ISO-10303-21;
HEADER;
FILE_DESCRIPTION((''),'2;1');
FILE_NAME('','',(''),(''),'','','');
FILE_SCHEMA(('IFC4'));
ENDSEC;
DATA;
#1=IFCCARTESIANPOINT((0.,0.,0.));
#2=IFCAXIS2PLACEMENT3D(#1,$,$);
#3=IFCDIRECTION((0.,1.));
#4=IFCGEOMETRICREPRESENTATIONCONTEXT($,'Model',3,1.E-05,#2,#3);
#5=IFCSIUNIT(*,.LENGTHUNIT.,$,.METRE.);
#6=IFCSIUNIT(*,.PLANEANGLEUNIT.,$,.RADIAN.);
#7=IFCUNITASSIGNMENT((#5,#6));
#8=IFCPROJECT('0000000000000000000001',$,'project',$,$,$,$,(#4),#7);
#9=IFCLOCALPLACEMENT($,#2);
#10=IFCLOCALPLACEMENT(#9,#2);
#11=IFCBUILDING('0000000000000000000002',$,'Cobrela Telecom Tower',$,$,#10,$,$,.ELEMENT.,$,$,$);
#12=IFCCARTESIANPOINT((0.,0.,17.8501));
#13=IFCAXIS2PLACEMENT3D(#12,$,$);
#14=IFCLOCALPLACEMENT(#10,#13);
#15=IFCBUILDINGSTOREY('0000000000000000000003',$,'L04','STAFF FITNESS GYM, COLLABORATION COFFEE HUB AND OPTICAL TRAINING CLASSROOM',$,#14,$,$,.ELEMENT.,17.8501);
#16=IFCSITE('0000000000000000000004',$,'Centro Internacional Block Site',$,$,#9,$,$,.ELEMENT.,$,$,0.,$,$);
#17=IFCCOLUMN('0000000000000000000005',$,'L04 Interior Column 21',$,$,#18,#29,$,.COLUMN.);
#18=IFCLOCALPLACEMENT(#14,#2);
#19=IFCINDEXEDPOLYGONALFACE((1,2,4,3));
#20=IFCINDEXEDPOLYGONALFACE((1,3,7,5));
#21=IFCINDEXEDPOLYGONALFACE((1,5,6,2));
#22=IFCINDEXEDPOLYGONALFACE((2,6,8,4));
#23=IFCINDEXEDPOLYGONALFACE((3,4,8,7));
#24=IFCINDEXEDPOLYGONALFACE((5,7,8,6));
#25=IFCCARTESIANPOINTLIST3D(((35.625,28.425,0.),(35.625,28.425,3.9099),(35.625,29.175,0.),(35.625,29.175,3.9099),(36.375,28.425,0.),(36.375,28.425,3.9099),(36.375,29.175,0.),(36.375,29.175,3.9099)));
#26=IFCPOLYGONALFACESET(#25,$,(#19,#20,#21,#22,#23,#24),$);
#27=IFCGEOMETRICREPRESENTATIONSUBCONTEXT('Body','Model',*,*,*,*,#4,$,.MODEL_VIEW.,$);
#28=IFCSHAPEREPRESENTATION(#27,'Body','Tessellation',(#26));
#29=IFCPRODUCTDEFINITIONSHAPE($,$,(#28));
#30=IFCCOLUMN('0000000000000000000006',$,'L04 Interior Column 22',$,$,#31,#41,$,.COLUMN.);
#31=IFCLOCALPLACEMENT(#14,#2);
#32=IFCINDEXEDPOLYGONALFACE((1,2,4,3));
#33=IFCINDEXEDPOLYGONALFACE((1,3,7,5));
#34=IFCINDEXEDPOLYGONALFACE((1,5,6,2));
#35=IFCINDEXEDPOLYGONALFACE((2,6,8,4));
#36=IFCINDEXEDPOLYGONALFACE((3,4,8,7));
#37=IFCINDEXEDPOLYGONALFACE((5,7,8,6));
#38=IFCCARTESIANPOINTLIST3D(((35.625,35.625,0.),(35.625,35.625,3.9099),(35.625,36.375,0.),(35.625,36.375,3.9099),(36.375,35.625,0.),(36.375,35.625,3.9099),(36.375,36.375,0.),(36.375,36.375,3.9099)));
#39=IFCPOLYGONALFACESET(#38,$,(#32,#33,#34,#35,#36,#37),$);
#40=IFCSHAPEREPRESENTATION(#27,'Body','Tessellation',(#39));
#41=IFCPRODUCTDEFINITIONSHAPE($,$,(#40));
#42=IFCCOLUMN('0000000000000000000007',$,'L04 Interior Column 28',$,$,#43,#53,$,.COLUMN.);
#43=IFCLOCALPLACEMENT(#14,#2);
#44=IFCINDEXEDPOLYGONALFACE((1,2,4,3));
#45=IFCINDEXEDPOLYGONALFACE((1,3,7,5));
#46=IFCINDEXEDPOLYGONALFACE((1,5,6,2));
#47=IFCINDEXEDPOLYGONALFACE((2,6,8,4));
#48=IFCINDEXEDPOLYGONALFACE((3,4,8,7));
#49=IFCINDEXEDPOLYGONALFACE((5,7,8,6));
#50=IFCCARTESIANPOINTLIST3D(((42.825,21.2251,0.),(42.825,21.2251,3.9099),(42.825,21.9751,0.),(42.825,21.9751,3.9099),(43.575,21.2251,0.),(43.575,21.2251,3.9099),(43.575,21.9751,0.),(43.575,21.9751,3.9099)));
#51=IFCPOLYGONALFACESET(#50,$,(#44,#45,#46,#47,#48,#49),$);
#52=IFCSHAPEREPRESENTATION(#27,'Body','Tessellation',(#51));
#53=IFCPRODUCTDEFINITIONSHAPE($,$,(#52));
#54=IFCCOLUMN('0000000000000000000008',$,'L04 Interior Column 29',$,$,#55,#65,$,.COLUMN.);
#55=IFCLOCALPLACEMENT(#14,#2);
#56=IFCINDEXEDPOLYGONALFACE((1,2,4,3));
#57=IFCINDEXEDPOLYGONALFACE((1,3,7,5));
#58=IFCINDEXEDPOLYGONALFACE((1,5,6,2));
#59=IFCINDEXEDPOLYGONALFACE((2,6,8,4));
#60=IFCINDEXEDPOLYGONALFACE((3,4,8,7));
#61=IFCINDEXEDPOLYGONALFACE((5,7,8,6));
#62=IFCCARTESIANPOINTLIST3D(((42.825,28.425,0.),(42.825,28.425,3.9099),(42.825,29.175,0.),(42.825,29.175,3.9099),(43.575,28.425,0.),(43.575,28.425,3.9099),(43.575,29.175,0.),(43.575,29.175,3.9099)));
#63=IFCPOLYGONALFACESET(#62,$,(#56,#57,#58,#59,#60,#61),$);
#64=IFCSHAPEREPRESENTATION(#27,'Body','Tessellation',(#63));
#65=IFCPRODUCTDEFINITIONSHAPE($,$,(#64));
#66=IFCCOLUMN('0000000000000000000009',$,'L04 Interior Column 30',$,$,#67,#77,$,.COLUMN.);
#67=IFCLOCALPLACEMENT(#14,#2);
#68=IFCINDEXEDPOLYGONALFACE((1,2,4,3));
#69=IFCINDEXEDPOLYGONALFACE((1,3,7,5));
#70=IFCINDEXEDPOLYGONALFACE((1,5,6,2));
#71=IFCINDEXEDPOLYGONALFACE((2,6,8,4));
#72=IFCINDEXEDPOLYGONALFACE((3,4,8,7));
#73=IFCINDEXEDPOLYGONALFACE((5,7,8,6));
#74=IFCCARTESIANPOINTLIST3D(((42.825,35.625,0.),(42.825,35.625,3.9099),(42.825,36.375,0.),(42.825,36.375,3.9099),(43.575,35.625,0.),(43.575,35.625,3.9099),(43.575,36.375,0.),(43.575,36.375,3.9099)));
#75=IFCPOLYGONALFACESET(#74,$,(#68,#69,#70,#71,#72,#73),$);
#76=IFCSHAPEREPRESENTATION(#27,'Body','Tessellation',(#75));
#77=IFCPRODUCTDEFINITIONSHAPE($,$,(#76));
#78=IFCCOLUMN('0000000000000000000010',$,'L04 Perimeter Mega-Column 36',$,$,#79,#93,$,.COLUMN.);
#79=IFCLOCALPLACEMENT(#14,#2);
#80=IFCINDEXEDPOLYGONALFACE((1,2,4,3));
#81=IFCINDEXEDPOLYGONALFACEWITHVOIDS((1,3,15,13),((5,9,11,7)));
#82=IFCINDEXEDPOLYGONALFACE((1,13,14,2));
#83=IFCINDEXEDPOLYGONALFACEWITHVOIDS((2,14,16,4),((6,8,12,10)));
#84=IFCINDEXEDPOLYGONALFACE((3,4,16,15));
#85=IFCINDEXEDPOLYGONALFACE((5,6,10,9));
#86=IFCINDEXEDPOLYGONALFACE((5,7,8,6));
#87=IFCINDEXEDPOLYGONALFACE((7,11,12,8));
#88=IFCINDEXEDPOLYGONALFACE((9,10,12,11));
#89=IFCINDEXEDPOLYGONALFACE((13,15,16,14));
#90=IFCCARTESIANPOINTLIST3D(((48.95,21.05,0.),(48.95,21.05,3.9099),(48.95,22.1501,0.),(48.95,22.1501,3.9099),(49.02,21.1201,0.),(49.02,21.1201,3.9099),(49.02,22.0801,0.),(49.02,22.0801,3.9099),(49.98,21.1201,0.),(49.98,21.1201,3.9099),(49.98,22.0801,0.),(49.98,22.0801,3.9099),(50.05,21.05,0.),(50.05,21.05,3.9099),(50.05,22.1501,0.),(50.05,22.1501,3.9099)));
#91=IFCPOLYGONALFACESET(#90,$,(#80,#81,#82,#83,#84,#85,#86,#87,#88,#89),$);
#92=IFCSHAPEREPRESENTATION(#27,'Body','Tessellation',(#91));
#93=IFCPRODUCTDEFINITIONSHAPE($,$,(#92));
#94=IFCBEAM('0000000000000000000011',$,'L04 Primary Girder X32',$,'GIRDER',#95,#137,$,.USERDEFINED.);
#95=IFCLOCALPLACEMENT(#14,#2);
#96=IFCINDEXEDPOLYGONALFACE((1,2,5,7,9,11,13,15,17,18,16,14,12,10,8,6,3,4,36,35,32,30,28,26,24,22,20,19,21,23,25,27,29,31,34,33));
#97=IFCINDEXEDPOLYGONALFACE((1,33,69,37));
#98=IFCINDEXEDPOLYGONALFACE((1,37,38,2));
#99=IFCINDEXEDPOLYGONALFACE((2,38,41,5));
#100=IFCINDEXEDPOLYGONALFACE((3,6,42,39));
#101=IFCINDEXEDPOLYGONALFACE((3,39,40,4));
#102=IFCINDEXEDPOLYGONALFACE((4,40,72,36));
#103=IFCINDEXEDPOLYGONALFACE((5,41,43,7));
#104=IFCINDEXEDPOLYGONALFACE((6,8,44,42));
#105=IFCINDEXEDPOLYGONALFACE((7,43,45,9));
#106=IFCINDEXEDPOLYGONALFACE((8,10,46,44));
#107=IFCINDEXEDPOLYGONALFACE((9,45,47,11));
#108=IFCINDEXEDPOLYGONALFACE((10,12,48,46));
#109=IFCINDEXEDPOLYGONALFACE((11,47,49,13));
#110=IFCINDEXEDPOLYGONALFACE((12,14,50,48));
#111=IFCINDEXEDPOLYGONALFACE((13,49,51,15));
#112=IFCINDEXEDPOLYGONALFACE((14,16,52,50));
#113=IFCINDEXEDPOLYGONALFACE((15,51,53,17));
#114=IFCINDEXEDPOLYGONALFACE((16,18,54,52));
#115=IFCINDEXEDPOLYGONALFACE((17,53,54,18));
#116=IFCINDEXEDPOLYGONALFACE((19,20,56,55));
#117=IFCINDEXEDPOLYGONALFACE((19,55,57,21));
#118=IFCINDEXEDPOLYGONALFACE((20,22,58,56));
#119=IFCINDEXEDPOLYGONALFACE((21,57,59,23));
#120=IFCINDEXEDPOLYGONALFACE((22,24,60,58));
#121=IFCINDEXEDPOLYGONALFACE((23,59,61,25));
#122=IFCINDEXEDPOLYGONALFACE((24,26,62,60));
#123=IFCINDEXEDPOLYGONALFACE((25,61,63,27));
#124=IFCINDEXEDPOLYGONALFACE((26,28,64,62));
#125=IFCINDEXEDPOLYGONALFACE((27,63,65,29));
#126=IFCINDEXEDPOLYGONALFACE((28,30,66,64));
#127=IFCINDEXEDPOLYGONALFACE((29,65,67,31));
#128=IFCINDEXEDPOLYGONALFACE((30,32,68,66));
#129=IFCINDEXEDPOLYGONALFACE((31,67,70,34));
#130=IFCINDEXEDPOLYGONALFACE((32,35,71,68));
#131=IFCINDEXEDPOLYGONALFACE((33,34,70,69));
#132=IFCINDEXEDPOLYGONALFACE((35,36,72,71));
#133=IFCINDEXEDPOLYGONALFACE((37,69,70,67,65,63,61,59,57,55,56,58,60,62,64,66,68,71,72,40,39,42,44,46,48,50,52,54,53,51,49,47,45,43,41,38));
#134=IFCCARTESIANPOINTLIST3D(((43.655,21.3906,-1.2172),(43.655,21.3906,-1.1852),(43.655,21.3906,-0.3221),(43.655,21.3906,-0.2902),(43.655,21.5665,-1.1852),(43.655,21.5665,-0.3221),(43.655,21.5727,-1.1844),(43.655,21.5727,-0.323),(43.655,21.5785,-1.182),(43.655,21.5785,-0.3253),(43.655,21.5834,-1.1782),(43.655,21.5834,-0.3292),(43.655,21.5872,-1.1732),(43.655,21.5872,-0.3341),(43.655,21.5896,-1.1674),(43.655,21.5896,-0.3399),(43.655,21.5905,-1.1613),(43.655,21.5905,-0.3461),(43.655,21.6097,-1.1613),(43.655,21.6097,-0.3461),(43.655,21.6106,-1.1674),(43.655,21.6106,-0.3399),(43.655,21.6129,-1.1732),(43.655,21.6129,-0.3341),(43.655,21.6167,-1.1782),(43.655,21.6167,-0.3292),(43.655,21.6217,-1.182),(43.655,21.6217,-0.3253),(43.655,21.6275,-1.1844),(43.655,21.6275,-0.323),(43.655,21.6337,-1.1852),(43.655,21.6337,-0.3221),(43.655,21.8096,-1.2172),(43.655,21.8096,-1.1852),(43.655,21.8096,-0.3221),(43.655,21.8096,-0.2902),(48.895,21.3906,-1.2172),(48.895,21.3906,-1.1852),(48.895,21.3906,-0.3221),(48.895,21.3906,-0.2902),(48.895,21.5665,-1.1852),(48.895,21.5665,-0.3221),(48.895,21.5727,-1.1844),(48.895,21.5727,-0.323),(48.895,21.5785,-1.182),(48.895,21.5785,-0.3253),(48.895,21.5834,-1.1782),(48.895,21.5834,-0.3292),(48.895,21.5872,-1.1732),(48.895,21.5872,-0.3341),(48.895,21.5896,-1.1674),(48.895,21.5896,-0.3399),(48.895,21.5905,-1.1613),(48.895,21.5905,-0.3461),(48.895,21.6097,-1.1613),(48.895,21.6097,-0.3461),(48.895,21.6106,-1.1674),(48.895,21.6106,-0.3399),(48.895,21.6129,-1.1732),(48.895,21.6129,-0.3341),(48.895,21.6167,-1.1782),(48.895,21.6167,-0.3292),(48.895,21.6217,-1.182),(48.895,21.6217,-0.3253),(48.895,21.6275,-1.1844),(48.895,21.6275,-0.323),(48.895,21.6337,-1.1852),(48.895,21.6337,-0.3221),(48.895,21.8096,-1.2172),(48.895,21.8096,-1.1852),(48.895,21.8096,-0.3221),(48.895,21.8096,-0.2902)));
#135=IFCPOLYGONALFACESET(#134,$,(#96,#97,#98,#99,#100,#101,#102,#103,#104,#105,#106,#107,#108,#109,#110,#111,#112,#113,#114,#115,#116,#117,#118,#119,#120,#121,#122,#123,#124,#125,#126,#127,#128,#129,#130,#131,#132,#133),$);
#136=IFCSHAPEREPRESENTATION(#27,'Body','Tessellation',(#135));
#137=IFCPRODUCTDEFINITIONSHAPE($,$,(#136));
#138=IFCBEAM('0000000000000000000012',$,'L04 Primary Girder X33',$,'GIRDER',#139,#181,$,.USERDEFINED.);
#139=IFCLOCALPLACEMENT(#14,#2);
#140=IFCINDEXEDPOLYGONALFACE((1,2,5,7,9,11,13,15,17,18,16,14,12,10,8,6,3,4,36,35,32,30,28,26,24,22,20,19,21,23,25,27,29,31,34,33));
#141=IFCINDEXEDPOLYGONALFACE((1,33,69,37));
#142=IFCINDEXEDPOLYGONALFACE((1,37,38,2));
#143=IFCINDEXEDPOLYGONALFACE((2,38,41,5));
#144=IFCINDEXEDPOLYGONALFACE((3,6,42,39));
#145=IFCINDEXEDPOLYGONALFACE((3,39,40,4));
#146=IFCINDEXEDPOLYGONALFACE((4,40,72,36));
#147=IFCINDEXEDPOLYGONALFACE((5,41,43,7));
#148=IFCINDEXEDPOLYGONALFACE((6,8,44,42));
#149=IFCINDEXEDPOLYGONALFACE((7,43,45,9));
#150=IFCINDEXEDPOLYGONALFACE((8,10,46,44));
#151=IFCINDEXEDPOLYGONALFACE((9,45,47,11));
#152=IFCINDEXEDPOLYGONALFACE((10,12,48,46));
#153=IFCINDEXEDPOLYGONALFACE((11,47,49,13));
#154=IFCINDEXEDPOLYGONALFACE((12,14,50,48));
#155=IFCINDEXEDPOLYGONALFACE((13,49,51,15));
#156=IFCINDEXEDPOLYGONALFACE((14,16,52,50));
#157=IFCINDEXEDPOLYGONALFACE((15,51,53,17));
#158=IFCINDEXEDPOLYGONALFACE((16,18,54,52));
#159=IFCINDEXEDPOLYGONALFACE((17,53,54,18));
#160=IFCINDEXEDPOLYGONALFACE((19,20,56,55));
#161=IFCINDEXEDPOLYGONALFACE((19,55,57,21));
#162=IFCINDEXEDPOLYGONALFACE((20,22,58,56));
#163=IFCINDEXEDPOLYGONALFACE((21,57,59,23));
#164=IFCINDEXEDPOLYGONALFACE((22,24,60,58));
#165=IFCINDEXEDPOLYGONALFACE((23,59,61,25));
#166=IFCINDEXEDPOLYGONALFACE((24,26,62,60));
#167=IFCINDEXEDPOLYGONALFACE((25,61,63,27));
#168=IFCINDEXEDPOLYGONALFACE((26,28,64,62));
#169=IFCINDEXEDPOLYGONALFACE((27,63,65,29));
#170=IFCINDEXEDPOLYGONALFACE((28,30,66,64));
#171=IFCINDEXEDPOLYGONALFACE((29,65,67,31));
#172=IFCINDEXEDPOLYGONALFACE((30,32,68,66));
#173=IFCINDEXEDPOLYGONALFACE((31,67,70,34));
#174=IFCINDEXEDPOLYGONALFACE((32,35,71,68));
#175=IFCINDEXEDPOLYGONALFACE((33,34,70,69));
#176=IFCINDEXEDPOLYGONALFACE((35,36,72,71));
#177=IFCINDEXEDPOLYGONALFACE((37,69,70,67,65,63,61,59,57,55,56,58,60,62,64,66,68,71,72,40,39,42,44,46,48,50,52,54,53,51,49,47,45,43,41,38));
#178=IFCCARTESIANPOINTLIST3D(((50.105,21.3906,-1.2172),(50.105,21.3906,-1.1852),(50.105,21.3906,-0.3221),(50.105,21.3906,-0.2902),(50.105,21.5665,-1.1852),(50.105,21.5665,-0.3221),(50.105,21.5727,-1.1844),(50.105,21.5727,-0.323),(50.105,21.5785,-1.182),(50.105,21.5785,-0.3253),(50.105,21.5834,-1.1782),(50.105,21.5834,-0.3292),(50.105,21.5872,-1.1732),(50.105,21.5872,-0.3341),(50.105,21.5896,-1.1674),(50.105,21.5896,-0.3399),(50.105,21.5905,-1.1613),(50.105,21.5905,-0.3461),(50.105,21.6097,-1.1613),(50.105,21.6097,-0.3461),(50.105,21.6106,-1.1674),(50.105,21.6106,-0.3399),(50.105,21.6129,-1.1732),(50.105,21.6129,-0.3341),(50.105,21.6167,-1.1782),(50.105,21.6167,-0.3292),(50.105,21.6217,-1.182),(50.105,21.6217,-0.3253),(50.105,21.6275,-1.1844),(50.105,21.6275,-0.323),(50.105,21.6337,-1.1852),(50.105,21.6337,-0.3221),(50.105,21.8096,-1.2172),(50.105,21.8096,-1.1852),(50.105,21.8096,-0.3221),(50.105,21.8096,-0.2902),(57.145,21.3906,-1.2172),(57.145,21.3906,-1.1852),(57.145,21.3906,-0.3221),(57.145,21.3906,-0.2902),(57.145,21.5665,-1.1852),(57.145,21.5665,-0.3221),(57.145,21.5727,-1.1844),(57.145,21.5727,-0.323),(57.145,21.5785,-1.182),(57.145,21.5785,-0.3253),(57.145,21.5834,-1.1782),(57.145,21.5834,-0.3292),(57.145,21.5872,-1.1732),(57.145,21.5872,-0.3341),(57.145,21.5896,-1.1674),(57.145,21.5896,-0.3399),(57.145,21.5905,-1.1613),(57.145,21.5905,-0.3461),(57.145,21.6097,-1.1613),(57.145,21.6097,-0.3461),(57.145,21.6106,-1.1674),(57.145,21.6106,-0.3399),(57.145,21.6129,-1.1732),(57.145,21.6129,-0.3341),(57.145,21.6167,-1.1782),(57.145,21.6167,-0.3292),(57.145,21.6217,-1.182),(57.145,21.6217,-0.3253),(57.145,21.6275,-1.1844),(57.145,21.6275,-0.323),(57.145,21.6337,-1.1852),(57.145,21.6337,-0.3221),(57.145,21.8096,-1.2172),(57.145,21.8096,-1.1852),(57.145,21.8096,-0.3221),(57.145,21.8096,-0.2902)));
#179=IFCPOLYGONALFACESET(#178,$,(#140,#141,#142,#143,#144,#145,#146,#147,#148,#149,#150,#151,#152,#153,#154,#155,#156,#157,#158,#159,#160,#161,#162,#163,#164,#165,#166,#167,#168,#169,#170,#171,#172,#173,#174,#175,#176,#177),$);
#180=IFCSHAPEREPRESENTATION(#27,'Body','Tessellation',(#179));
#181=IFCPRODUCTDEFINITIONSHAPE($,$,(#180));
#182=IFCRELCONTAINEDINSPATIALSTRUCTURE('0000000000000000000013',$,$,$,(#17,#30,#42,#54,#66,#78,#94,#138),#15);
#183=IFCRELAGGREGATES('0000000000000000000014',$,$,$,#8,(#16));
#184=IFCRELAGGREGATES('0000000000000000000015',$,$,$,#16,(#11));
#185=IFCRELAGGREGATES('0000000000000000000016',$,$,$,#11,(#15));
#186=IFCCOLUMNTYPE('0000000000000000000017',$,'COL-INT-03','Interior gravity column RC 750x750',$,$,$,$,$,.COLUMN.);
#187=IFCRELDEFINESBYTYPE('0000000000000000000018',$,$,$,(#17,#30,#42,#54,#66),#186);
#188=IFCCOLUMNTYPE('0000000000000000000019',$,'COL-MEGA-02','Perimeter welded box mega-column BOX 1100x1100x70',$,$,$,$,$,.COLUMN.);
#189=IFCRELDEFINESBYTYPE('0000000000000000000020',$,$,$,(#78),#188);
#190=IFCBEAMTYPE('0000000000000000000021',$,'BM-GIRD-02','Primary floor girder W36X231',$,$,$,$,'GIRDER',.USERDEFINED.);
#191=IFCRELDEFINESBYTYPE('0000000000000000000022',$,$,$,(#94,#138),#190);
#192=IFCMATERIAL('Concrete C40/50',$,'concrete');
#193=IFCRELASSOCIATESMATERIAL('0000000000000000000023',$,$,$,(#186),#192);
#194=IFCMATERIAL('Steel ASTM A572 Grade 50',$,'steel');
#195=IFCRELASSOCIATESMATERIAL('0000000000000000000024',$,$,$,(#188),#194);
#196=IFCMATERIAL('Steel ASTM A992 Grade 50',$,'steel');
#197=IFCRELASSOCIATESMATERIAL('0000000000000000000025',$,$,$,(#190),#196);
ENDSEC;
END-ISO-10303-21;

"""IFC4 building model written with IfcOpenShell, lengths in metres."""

from ifc_helpers import new_model, si_unit, direction, frame, origin, origin_2d, place, context, subcontext, project, spatial, rectangle, hollow_rectangle, i_section, extrude, material, material_profile, profile_set, type_object, element, save


model = new_model("IFC4")

# Units and contexts
model_context = context("Model", 3, precision=1e-05, world=origin(), true_north=direction((0.0, 1.0)))
body_context = subcontext(model_context, "Body", "Model", "MODEL_VIEW")
ifc_project = project(units=[si_unit("LENGTHUNIT", "METRE"), si_unit("PLANEANGLEUNIT", "RADIAN")], contexts=[model_context])

# Site, building, storey
site_placement = place(None, origin())
site = spatial("IfcSite", under=ifc_project, at=site_placement, Name="Centro Internacional Block Site", CompositionType="ELEMENT", RefElevation=0.0)
building_placement = place(site_placement, origin())
building = spatial("IfcBuilding", under=site, at=building_placement, Name="Cobrela Telecom Tower", CompositionType="ELEMENT")
storey_placement = place(building_placement, frame((0.0, 0.0, 17.8501)))
storey = spatial("IfcBuildingStorey", under=building, at=storey_placement, Name="L04", Description="STAFF FITNESS GYM, COLLABORATION COFFEE HUB AND OPTICAL TRAINING CLASSROOM", CompositionType="ELEMENT", Elevation=17.8501)

# Columns
ifc_material_1 = material(Name="Concrete C40/50", Category="concrete")
ifc_material_profile_1 = material_profile(ifc_material_1, rectangle(XDim=0.75, YDim=0.75, at=origin_2d()), Name="RC 750x750")
ifc_profile_set_1 = profile_set([ifc_material_profile_1], Name="Concrete C40/50")
column_type_1 = type_object("IfcColumnType", Name="COL-INT-03", Description="Interior gravity column RC 750x750", PredefinedType="COLUMN", material=ifc_profile_set_1)
for number, where, z_axis, x_axis, name in (
    (1, (36.0, 28.8, 0.0), (0.0, 0.0, 1.0), (1.0, 0.0, 0.0), "L04 Interior Column 21"),
    (2, (36.0, 36.0, 0.0), (0.0, 0.0, 1.0), (1.0, 0.0, 0.0), "L04 Interior Column 22"),
    (3, (43.2, 21.6001, 0.0), (0.0, 0.0, 1.0), (1.0, 0.0, 0.0), "L04 Interior Column 28"),
    (4, (43.2, 28.8, 0.0), (0.0, 0.0, 1.0), (1.0, 0.0, 0.0), "L04 Interior Column 29"),
    (5, (43.2, 36.0, 0.0), (0.0, 0.0, 1.0), (1.0, 0.0, 0.0), "L04 Interior Column 30"),
):
    element("IfcColumn", number, at=place(storey_placement, frame(where, z_axis=z_axis, x_axis=x_axis)), inside=storey, type_object=column_type_1, Name=name, PredefinedType="COLUMN", context=body_context, shape_type="SweptSolid", body=[
        extrude(rectangle(XDim=0.75, YDim=0.75, at=origin_2d()), origin(), (0.0, 0.0, 1.0), 3.9099),
    ])
ifc_material_2 = material(Name="Steel ASTM A572 Grade 50", Category="steel")
ifc_material_profile_2 = material_profile(ifc_material_2, hollow_rectangle(XDim=1.1001, YDim=1.1001, WallThickness=0.0701, at=origin_2d()), Name="BOX 1100x1100x70")
ifc_profile_set_2 = profile_set([ifc_material_profile_2], Name="Steel ASTM A572 Grade 50")
column_type_2 = type_object("IfcColumnType", Name="COL-MEGA-02", Description="Perimeter welded box mega-column BOX 1100x1100x70", PredefinedType="COLUMN", material=ifc_profile_set_2)
column_placement = place(storey_placement, frame((49.5, 21.6001, 0.0), z_axis=(0.0, 0.0, 1.0), x_axis=(1.0, 0.0, 0.0)))
element("IfcColumn", 6, at=column_placement, inside=storey, type_object=column_type_2, Name="L04 Perimeter Mega-Column 36", PredefinedType="COLUMN", context=body_context, shape_type="SweptSolid", body=[
    extrude(hollow_rectangle(XDim=1.1001, YDim=1.1001, WallThickness=0.0701, at=origin_2d()), origin(), (0.0, 0.0, 1.0), 3.9099),
])

# Beams
ifc_material_3 = material(Name="Steel ASTM A992 Grade 50", Category="steel")
ifc_material_profile_3 = material_profile(ifc_material_3, i_section(OverallWidth=0.4189, OverallDepth=0.927, WebThickness=0.0193, FlangeThickness=0.032, FilletRadius=0.0239, at=origin_2d()), Name="W36X231")
ifc_profile_set_3 = profile_set([ifc_material_profile_3], Name="Steel ASTM A992 Grade 50")
beam_type_1 = type_object("IfcBeamType", Name="BM-GIRD-02", Description="Primary floor girder W36X231", ElementType="GIRDER", PredefinedType="USERDEFINED", material=ifc_profile_set_3)
beam_1_placement = place(storey_placement, frame((43.655, 21.6001, -0.7537), z_axis=(1.0, 0.0, 0.0), x_axis=(0.0, 1.0, 0.0)))
element("IfcBeam", 7, at=beam_1_placement, inside=storey, type_object=beam_type_1, Name="L04 Primary Girder X32", ObjectType="GIRDER", PredefinedType="USERDEFINED", context=body_context, shape_type="SweptSolid", body=[
    extrude(i_section(OverallWidth=0.4189, OverallDepth=0.927, WebThickness=0.0193, FlangeThickness=0.032, FilletRadius=0.0239, at=origin_2d()), origin(), (0.0, 0.0, 1.0), 5.24),
])
beam_2_placement = place(storey_placement, frame((50.105, 21.6001, -0.7537), z_axis=(1.0, 0.0, 0.0), x_axis=(0.0, 1.0, 0.0)))
element("IfcBeam", 8, at=beam_2_placement, inside=storey, type_object=beam_type_1, Name="L04 Primary Girder X33", ObjectType="GIRDER", PredefinedType="USERDEFINED", context=body_context, shape_type="SweptSolid", body=[
    extrude(i_section(OverallWidth=0.4189, OverallDepth=0.927, WebThickness=0.0193, FlangeThickness=0.032, FilletRadius=0.0239, at=origin_2d()), origin(), (0.0, 0.0, 1.0), 7.04),
])

save(model, "model.ifc")
